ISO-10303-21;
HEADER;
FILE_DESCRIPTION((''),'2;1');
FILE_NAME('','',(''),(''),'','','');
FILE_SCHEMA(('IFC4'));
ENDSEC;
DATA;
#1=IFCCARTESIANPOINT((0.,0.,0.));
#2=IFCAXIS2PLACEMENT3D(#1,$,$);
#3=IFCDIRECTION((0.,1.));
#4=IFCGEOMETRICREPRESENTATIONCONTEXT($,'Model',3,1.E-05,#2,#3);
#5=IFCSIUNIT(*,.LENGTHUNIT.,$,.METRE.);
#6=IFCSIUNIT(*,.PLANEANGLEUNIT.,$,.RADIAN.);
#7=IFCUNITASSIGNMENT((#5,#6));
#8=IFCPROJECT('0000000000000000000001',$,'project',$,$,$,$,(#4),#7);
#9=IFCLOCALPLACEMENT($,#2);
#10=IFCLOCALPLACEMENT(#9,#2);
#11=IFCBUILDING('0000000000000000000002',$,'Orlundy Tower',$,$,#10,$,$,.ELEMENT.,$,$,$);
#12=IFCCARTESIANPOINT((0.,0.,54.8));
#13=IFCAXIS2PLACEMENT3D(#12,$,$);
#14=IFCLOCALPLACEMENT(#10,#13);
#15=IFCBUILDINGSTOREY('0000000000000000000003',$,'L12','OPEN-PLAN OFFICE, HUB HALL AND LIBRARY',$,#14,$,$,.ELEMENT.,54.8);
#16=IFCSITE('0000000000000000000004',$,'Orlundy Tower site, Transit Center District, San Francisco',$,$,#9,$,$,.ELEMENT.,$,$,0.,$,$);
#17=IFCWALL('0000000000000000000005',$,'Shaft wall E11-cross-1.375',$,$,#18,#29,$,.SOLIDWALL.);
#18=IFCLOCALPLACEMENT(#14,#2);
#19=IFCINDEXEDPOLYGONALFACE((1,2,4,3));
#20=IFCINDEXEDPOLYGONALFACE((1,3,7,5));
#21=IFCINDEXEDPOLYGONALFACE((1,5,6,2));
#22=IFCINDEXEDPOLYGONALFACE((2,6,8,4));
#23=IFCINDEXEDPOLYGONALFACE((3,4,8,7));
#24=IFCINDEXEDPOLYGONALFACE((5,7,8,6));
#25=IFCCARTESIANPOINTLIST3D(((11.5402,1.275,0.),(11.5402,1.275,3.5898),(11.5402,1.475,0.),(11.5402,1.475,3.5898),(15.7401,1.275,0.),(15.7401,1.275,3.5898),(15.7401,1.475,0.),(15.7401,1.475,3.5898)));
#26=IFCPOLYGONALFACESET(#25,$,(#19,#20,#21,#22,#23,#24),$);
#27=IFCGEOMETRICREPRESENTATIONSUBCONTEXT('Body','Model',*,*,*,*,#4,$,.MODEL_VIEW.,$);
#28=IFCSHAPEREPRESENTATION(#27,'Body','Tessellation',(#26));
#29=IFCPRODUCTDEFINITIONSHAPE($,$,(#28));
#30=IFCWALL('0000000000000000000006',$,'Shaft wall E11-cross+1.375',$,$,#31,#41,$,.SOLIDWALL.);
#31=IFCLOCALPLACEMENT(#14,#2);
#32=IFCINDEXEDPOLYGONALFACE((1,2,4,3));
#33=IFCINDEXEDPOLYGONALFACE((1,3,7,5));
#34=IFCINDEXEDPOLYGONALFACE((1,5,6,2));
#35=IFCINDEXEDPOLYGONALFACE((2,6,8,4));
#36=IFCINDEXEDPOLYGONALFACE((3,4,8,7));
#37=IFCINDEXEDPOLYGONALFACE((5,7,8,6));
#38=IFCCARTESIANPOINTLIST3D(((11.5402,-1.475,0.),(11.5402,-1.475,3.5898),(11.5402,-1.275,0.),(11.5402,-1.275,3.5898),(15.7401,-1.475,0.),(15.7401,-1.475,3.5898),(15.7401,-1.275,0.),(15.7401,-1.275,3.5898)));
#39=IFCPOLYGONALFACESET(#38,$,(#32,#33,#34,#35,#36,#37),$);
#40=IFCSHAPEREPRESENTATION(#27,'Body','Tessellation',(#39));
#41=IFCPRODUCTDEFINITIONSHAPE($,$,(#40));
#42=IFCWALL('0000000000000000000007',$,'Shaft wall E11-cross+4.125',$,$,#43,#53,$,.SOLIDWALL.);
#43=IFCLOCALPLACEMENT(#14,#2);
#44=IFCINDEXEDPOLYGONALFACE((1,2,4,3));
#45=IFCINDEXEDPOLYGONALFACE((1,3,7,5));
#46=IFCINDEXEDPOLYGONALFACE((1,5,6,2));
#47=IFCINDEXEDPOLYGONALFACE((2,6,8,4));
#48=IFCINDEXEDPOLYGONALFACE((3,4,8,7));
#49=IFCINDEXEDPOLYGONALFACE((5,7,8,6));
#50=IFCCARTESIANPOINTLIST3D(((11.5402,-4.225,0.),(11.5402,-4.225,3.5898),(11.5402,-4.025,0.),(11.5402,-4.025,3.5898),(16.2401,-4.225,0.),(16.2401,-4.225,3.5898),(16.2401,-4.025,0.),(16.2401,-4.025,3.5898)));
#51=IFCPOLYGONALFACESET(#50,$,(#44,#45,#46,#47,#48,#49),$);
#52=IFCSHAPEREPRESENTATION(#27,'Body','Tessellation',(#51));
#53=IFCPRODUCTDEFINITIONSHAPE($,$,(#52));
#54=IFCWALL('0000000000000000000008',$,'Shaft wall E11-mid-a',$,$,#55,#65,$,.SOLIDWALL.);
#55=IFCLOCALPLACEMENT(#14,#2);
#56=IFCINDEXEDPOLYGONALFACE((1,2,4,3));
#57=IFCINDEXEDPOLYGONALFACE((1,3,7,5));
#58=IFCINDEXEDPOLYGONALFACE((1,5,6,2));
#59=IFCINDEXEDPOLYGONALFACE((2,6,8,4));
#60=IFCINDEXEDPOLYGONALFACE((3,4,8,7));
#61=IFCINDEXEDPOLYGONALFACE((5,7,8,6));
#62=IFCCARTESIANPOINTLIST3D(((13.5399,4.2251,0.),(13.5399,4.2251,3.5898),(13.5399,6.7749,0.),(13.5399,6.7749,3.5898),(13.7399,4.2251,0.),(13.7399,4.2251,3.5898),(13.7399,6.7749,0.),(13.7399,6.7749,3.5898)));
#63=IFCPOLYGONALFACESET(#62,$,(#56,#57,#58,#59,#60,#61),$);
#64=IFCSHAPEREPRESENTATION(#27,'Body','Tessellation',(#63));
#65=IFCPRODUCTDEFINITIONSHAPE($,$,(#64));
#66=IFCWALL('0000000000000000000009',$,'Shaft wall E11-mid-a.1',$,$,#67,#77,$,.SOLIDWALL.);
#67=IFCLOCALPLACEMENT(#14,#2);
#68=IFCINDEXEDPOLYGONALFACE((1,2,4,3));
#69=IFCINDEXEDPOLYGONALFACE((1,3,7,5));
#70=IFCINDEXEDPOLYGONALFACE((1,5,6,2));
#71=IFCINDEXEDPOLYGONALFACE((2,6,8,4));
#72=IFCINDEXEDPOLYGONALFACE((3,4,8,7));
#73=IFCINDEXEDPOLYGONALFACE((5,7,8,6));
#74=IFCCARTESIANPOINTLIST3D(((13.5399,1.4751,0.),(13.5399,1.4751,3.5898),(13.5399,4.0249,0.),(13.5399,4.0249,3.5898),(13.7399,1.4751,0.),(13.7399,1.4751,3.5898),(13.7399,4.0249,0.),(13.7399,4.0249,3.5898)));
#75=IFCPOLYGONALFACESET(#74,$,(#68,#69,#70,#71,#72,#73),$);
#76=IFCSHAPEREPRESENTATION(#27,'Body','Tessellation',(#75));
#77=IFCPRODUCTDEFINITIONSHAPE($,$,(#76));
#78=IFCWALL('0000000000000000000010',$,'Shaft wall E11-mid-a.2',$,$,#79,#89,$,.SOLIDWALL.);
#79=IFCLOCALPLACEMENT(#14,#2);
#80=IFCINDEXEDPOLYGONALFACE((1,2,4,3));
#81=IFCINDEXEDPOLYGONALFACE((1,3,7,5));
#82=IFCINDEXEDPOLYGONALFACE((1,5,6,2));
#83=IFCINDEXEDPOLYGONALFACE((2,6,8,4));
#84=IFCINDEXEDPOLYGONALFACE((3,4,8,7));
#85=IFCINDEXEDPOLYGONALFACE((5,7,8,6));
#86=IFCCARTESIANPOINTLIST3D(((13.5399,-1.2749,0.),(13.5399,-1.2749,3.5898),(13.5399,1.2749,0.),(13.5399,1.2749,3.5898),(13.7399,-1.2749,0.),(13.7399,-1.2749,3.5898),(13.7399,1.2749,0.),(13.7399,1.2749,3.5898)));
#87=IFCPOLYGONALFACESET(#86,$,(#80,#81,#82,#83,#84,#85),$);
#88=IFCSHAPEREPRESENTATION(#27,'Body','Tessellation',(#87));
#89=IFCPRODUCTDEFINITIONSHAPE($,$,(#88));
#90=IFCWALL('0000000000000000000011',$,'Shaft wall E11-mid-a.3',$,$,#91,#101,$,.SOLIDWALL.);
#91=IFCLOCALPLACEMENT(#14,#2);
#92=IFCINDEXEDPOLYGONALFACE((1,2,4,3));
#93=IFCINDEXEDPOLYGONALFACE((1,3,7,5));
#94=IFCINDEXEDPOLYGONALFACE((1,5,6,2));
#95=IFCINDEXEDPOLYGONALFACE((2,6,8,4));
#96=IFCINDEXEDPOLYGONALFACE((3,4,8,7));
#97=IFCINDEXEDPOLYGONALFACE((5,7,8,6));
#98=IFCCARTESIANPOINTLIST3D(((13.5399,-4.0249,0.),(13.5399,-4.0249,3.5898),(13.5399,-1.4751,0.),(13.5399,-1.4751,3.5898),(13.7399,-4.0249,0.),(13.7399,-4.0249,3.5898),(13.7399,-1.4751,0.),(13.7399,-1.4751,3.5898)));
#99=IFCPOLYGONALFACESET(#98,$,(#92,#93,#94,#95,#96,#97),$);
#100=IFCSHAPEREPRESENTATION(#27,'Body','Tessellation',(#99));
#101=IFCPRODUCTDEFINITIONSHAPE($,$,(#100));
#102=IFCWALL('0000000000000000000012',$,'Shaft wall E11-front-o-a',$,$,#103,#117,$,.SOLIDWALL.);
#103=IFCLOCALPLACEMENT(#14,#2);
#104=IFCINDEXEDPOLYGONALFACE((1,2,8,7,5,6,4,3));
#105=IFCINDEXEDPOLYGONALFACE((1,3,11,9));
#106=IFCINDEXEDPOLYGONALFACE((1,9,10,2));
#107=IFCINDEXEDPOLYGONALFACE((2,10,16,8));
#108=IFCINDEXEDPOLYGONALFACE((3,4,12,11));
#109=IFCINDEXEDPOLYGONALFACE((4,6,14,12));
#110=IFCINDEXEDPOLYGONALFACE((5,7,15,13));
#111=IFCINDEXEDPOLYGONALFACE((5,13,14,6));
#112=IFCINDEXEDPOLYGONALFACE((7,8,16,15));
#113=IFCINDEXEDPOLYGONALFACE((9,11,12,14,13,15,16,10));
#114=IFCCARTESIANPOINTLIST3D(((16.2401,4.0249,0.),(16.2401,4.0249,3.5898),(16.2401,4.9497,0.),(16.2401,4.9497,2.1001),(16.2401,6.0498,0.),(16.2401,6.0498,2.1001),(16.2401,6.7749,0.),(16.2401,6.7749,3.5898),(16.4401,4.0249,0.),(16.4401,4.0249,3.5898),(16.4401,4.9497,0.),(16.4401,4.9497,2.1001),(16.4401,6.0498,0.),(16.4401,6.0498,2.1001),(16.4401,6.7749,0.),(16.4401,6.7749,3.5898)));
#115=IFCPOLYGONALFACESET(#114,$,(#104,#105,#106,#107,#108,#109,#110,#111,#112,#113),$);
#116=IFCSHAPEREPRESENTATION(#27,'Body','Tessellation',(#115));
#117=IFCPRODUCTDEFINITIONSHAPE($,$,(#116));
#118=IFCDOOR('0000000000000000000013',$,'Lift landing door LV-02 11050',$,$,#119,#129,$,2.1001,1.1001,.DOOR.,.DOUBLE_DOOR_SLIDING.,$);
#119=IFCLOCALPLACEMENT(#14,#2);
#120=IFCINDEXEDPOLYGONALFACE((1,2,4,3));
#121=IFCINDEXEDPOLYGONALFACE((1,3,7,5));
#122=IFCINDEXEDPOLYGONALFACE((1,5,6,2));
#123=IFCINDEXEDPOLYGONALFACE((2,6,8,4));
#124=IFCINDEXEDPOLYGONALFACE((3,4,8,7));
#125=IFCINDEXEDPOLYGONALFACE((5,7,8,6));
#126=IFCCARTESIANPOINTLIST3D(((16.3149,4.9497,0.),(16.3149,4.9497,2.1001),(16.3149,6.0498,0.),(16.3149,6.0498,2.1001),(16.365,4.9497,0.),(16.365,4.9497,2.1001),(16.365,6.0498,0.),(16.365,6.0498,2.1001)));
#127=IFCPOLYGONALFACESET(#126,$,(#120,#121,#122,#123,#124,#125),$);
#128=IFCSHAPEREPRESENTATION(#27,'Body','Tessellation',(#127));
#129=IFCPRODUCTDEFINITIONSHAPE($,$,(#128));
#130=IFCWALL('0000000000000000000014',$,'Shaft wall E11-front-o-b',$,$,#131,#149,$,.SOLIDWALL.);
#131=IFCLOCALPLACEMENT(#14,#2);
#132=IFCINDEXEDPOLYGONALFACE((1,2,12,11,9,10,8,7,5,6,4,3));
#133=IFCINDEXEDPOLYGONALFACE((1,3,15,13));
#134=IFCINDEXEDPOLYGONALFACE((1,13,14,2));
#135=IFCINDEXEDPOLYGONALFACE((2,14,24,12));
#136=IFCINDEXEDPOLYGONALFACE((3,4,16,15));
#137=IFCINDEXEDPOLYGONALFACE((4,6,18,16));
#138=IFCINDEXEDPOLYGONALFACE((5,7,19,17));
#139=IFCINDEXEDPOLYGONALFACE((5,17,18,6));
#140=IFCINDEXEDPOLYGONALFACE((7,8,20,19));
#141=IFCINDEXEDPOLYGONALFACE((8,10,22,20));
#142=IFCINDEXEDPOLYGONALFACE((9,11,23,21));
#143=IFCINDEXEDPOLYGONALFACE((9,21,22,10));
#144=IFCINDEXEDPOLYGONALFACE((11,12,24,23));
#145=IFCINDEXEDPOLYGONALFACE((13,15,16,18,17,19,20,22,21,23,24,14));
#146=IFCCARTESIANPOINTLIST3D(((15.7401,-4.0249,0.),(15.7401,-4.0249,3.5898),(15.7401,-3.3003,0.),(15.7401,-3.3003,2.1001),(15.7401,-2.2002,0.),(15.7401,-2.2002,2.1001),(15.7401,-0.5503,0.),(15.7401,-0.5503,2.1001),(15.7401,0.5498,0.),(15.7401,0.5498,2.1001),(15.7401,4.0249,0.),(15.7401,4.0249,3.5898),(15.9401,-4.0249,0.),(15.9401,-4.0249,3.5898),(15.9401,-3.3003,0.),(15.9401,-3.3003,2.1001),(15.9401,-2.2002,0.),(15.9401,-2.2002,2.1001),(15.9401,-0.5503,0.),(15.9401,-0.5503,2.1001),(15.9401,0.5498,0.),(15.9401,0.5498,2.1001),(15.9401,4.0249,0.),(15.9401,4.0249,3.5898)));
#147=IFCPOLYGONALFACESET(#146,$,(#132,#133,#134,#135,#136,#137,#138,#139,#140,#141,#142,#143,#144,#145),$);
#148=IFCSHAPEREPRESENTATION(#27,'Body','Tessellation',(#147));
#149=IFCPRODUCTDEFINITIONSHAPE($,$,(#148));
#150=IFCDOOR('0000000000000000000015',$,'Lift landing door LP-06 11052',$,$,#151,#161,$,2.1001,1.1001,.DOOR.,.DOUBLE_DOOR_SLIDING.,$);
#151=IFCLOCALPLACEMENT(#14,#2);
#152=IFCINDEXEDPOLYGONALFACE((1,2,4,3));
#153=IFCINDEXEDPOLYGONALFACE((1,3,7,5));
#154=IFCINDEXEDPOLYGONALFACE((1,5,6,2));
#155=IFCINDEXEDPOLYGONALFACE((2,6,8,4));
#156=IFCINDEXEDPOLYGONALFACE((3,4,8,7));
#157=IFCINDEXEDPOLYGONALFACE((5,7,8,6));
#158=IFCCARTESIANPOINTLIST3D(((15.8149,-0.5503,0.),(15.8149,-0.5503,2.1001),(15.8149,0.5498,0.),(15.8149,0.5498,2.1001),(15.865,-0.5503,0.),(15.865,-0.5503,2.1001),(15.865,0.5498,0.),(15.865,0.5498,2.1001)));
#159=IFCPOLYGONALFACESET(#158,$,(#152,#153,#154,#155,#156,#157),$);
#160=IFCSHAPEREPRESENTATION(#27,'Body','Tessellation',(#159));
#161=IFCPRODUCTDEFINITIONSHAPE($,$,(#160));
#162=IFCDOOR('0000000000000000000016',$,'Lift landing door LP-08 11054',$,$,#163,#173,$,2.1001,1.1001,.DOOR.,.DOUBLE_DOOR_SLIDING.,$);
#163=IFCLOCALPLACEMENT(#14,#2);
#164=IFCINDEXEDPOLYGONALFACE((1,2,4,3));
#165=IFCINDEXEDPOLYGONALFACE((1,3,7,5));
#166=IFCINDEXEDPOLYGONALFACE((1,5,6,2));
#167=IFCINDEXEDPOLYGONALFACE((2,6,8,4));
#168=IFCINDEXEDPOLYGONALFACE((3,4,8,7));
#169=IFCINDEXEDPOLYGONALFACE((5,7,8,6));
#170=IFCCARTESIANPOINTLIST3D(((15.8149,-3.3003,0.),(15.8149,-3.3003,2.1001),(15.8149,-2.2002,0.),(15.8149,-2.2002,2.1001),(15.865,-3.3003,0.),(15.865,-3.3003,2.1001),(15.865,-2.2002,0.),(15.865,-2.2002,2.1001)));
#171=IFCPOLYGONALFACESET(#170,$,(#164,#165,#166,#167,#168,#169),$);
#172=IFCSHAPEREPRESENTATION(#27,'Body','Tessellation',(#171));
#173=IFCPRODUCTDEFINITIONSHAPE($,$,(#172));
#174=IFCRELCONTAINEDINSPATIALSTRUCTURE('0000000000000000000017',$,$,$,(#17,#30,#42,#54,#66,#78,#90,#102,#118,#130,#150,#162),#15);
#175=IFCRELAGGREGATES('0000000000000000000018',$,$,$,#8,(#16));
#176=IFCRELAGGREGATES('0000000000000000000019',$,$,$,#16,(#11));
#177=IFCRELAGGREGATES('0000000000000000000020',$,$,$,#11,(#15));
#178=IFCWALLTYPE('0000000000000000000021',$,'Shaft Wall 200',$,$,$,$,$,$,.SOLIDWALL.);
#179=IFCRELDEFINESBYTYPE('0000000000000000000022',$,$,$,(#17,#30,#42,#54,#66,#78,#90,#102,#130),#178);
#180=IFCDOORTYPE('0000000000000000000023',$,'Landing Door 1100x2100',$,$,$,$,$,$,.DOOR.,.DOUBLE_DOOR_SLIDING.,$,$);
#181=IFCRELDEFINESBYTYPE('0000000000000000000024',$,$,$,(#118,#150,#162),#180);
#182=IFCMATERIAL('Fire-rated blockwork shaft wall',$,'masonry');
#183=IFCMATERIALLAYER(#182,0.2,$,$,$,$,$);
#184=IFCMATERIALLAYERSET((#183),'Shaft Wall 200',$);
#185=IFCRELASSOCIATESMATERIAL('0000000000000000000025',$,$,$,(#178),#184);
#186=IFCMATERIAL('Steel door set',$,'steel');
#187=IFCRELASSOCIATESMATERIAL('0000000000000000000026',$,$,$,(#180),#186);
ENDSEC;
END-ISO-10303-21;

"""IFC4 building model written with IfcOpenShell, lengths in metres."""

from ifc_helpers import new_model, si_unit, direction, frame, frame_2d, origin, place, context, subcontext, project, spatial, rectangle, extrude, material, layer, layer_set, type_object, element, fill, save


model = new_model("IFC4")

# Units and contexts
model_context = context("Model", 3, precision=1e-05, world=origin(), true_north=direction((0.0, 1.0)))
body_context = subcontext(model_context, "Body", "Model", "MODEL_VIEW")
ifc_project = project(units=[si_unit("LENGTHUNIT", "METRE"), si_unit("PLANEANGLEUNIT", "RADIAN")], contexts=[model_context])

# Site, building, storey
site_placement = place(None, origin())
site = spatial("IfcSite", under=ifc_project, at=site_placement, Name="Orlundy Tower site, Transit Center District, San Francisco", CompositionType="ELEMENT", RefElevation=0.0)
building_placement = place(site_placement, origin())
building = spatial("IfcBuilding", under=site, at=building_placement, Name="Orlundy Tower", CompositionType="ELEMENT")
storey_placement = place(building_placement, frame((0.0, 0.0, 54.8)))
storey = spatial("IfcBuildingStorey", under=building, at=storey_placement, Name="L12", Description="OPEN-PLAN OFFICE, HUB HALL AND LIBRARY", CompositionType="ELEMENT", Elevation=54.8)

# Walls
ifc_material_1 = material(Name="Fire-rated blockwork shaft wall", Category="masonry")
ifc_layer_1 = layer(ifc_material_1, 0.2)
ifc_layer_set_1 = layer_set([ifc_layer_1], Name="Shaft Wall 200")
wall_type_1 = type_object("IfcWallType", Name="Shaft Wall 200", PredefinedType="SOLIDWALL", material=ifc_layer_set_1)
for number, where, z_axis, x_axis, name in (
    (1, (11.54, 1.375, 0.0), (0.0, 0.0, 1.0), (1.0, 0.0, 0.0), "Shaft wall E11-cross-1.375"),
    (2, (11.54, -1.375, 0.0), (0.0, 0.0, 1.0), (1.0, 0.0, 0.0), "Shaft wall E11-cross+1.375"),
):
    element("IfcWall", number, at=place(storey_placement, frame(where, z_axis=z_axis, x_axis=x_axis)), inside=storey, type_object=wall_type_1, Name=name, PredefinedType="SOLIDWALL", context=body_context, shape_type="SweptSolid", body=[
        extrude(rectangle(XDim=4.2, YDim=0.2, at=frame_2d((2.1001, 0.0))), origin(), (0.0, 0.0, 1.0), 3.5898),
    ])
wall_1_placement = place(storey_placement, frame((11.54, -4.125, 0.0), z_axis=(0.0, 0.0, 1.0), x_axis=(1.0, 0.0, 0.0)))
element("IfcWall", 3, at=wall_1_placement, inside=storey, type_object=wall_type_1, Name="Shaft wall E11-cross+4.125", PredefinedType="SOLIDWALL", context=body_context, shape_type="SweptSolid", body=[
    extrude(rectangle(XDim=4.7, YDim=0.2, at=frame_2d((2.3501, 0.0))), origin(), (0.0, 0.0, 1.0), 3.5898),
])
for number, where, z_axis, x_axis, name in (
    (4, (13.6399, 6.7749, 0.0), (0.0, 0.0, 1.0), (0.0, -1.0, 0.0), "Shaft wall E11-mid-a"),
    (5, (13.6399, 4.0249, 0.0), (0.0, 0.0, 1.0), (0.0, -1.0, 0.0), "Shaft wall E11-mid-a.1"),
    (6, (13.6399, 1.2749, 0.0), (0.0, 0.0, 1.0), (0.0, -1.0, 0.0), "Shaft wall E11-mid-a.2"),
    (7, (13.6399, -1.4751, 0.0), (0.0, 0.0, 1.0), (0.0, -1.0, 0.0), "Shaft wall E11-mid-a.3"),
):
    element("IfcWall", number, at=place(storey_placement, frame(where, z_axis=z_axis, x_axis=x_axis)), inside=storey, type_object=wall_type_1, Name=name, PredefinedType="SOLIDWALL", context=body_context, shape_type="SweptSolid", body=[
        extrude(rectangle(XDim=2.5498, YDim=0.2, at=frame_2d((1.2749, 0.0))), origin(), (0.0, 0.0, 1.0), 3.5898),
    ])

# Wall, opening, door
wall_2_placement = place(storey_placement, frame((16.3401, 6.7749, 0.0), z_axis=(0.0, 0.0, 1.0), x_axis=(0.0, -1.0, 0.0)))
wall_2 = element("IfcWall", 8, at=wall_2_placement, inside=storey, type_object=wall_type_1, Name="Shaft wall E11-front-o-a", PredefinedType="SOLIDWALL", context=body_context, shape_type="SweptSolid", body=[
    extrude(rectangle(XDim=2.75, YDim=0.2, at=frame_2d((1.375, 0.0))), origin(), (0.0, 0.0, 1.0), 3.5898),
])
opening_1_placement = place(wall_2_placement, frame((0.7251, 0.0, 0.0)))
opening_1 = element("IfcOpeningElement", 9, at=opening_1_placement, cuts=wall_2, PredefinedType="OPENING", context=body_context, shape_type="SweptSolid", body=[
    extrude(rectangle(XDim=1.1001, YDim=2.1001, at=frame_2d((0.55, 1.05))), frame((0.0, 0.1101, 0.0), z_axis=(0.0, -1.0, 0.0), x_axis=(1.0, 0.0, 0.0)), (0.0, 0.0, 1.0), 0.2202),
])
ifc_material_2 = material(Name="Steel door set", Category="steel")
door_type = type_object("IfcDoorType", Name="Landing Door 1100x2100", OperationType="DOUBLE_DOOR_SLIDING", PredefinedType="DOOR", material=ifc_material_2)
door_1_placement = place(opening_1_placement, origin())
door_1 = element("IfcDoor", 10, at=door_1_placement, inside=storey, type_object=door_type, Name="Lift landing door LV-02 11050", OperationType="DOUBLE_DOOR_SLIDING", OverallHeight=2.1001, OverallWidth=1.1001, PredefinedType="DOOR", context=body_context, shape_type="SweptSolid", body=[
    extrude(rectangle(XDim=1.1001, YDim=2.1001, at=frame_2d((0.55, 1.05))), frame((0.0, 0.0249, 0.0), z_axis=(0.0, -1.0, 0.0), x_axis=(1.0, 0.0, 0.0)), (0.0, 0.0, 1.0), 0.05),
])
fill(opening_1, door_1)

# Wall, openings, doors
wall_3_placement = place(storey_placement, frame((15.8401, 4.0249, 0.0), z_axis=(0.0, 0.0, 1.0), x_axis=(0.0, -1.0, 0.0)))
wall_3 = element("IfcWall", 11, at=wall_3_placement, inside=storey, type_object=wall_type_1, Name="Shaft wall E11-front-o-b", PredefinedType="SOLIDWALL", context=body_context, shape_type="SweptSolid", body=[
    extrude(rectangle(XDim=8.0498, YDim=0.2, at=frame_2d((4.0249, 0.0))), origin(), (0.0, 0.0, 1.0), 3.5898),
])
opening_2_placement = place(wall_3_placement, frame((3.4751, 0.0, 0.0)))
opening_2 = element("IfcOpeningElement", 12, at=opening_2_placement, cuts=wall_3, PredefinedType="OPENING", context=body_context, shape_type="SweptSolid", body=[
    extrude(rectangle(XDim=1.1001, YDim=2.1001, at=frame_2d((0.55, 1.05))), frame((0.0, 0.1101, 0.0), z_axis=(0.0, -1.0, 0.0), x_axis=(1.0, 0.0, 0.0)), (0.0, 0.0, 1.0), 0.2202),
])
opening_3_placement = place(wall_3_placement, frame((6.2251, 0.0, 0.0)))
opening_3 = element("IfcOpeningElement", 13, at=opening_3_placement, cuts=wall_3, PredefinedType="OPENING", context=body_context, shape_type="SweptSolid", body=[
    extrude(rectangle(XDim=1.1001, YDim=2.1001, at=frame_2d((0.55, 1.05))), frame((0.0, 0.1101, 0.0), z_axis=(0.0, -1.0, 0.0), x_axis=(1.0, 0.0, 0.0)), (0.0, 0.0, 1.0), 0.2202),
])
door_2_placement = place(opening_2_placement, origin())
door_2 = element("IfcDoor", 14, at=door_2_placement, inside=storey, type_object=door_type, Name="Lift landing door LP-06 11052", OperationType="DOUBLE_DOOR_SLIDING", OverallHeight=2.1001, OverallWidth=1.1001, PredefinedType="DOOR", context=body_context, shape_type="SweptSolid", body=[
    extrude(rectangle(XDim=1.1001, YDim=2.1001, at=frame_2d((0.55, 1.05))), frame((0.0, 0.0249, 0.0), z_axis=(0.0, -1.0, 0.0), x_axis=(1.0, 0.0, 0.0)), (0.0, 0.0, 1.0), 0.05),
])
fill(opening_2, door_2)
door_3_placement = place(opening_3_placement, origin())
door_3 = element("IfcDoor", 15, at=door_3_placement, inside=storey, type_object=door_type, Name="Lift landing door LP-08 11054", OperationType="DOUBLE_DOOR_SLIDING", OverallHeight=2.1001, OverallWidth=1.1001, PredefinedType="DOOR", context=body_context, shape_type="SweptSolid", body=[
    extrude(rectangle(XDim=1.1001, YDim=2.1001, at=frame_2d((0.55, 1.05))), frame((0.0, 0.0249, 0.0), z_axis=(0.0, -1.0, 0.0), x_axis=(1.0, 0.0, 0.0)), (0.0, 0.0, 1.0), 0.05),
])
fill(opening_3, door_3)

save(model, "model.ifc")
